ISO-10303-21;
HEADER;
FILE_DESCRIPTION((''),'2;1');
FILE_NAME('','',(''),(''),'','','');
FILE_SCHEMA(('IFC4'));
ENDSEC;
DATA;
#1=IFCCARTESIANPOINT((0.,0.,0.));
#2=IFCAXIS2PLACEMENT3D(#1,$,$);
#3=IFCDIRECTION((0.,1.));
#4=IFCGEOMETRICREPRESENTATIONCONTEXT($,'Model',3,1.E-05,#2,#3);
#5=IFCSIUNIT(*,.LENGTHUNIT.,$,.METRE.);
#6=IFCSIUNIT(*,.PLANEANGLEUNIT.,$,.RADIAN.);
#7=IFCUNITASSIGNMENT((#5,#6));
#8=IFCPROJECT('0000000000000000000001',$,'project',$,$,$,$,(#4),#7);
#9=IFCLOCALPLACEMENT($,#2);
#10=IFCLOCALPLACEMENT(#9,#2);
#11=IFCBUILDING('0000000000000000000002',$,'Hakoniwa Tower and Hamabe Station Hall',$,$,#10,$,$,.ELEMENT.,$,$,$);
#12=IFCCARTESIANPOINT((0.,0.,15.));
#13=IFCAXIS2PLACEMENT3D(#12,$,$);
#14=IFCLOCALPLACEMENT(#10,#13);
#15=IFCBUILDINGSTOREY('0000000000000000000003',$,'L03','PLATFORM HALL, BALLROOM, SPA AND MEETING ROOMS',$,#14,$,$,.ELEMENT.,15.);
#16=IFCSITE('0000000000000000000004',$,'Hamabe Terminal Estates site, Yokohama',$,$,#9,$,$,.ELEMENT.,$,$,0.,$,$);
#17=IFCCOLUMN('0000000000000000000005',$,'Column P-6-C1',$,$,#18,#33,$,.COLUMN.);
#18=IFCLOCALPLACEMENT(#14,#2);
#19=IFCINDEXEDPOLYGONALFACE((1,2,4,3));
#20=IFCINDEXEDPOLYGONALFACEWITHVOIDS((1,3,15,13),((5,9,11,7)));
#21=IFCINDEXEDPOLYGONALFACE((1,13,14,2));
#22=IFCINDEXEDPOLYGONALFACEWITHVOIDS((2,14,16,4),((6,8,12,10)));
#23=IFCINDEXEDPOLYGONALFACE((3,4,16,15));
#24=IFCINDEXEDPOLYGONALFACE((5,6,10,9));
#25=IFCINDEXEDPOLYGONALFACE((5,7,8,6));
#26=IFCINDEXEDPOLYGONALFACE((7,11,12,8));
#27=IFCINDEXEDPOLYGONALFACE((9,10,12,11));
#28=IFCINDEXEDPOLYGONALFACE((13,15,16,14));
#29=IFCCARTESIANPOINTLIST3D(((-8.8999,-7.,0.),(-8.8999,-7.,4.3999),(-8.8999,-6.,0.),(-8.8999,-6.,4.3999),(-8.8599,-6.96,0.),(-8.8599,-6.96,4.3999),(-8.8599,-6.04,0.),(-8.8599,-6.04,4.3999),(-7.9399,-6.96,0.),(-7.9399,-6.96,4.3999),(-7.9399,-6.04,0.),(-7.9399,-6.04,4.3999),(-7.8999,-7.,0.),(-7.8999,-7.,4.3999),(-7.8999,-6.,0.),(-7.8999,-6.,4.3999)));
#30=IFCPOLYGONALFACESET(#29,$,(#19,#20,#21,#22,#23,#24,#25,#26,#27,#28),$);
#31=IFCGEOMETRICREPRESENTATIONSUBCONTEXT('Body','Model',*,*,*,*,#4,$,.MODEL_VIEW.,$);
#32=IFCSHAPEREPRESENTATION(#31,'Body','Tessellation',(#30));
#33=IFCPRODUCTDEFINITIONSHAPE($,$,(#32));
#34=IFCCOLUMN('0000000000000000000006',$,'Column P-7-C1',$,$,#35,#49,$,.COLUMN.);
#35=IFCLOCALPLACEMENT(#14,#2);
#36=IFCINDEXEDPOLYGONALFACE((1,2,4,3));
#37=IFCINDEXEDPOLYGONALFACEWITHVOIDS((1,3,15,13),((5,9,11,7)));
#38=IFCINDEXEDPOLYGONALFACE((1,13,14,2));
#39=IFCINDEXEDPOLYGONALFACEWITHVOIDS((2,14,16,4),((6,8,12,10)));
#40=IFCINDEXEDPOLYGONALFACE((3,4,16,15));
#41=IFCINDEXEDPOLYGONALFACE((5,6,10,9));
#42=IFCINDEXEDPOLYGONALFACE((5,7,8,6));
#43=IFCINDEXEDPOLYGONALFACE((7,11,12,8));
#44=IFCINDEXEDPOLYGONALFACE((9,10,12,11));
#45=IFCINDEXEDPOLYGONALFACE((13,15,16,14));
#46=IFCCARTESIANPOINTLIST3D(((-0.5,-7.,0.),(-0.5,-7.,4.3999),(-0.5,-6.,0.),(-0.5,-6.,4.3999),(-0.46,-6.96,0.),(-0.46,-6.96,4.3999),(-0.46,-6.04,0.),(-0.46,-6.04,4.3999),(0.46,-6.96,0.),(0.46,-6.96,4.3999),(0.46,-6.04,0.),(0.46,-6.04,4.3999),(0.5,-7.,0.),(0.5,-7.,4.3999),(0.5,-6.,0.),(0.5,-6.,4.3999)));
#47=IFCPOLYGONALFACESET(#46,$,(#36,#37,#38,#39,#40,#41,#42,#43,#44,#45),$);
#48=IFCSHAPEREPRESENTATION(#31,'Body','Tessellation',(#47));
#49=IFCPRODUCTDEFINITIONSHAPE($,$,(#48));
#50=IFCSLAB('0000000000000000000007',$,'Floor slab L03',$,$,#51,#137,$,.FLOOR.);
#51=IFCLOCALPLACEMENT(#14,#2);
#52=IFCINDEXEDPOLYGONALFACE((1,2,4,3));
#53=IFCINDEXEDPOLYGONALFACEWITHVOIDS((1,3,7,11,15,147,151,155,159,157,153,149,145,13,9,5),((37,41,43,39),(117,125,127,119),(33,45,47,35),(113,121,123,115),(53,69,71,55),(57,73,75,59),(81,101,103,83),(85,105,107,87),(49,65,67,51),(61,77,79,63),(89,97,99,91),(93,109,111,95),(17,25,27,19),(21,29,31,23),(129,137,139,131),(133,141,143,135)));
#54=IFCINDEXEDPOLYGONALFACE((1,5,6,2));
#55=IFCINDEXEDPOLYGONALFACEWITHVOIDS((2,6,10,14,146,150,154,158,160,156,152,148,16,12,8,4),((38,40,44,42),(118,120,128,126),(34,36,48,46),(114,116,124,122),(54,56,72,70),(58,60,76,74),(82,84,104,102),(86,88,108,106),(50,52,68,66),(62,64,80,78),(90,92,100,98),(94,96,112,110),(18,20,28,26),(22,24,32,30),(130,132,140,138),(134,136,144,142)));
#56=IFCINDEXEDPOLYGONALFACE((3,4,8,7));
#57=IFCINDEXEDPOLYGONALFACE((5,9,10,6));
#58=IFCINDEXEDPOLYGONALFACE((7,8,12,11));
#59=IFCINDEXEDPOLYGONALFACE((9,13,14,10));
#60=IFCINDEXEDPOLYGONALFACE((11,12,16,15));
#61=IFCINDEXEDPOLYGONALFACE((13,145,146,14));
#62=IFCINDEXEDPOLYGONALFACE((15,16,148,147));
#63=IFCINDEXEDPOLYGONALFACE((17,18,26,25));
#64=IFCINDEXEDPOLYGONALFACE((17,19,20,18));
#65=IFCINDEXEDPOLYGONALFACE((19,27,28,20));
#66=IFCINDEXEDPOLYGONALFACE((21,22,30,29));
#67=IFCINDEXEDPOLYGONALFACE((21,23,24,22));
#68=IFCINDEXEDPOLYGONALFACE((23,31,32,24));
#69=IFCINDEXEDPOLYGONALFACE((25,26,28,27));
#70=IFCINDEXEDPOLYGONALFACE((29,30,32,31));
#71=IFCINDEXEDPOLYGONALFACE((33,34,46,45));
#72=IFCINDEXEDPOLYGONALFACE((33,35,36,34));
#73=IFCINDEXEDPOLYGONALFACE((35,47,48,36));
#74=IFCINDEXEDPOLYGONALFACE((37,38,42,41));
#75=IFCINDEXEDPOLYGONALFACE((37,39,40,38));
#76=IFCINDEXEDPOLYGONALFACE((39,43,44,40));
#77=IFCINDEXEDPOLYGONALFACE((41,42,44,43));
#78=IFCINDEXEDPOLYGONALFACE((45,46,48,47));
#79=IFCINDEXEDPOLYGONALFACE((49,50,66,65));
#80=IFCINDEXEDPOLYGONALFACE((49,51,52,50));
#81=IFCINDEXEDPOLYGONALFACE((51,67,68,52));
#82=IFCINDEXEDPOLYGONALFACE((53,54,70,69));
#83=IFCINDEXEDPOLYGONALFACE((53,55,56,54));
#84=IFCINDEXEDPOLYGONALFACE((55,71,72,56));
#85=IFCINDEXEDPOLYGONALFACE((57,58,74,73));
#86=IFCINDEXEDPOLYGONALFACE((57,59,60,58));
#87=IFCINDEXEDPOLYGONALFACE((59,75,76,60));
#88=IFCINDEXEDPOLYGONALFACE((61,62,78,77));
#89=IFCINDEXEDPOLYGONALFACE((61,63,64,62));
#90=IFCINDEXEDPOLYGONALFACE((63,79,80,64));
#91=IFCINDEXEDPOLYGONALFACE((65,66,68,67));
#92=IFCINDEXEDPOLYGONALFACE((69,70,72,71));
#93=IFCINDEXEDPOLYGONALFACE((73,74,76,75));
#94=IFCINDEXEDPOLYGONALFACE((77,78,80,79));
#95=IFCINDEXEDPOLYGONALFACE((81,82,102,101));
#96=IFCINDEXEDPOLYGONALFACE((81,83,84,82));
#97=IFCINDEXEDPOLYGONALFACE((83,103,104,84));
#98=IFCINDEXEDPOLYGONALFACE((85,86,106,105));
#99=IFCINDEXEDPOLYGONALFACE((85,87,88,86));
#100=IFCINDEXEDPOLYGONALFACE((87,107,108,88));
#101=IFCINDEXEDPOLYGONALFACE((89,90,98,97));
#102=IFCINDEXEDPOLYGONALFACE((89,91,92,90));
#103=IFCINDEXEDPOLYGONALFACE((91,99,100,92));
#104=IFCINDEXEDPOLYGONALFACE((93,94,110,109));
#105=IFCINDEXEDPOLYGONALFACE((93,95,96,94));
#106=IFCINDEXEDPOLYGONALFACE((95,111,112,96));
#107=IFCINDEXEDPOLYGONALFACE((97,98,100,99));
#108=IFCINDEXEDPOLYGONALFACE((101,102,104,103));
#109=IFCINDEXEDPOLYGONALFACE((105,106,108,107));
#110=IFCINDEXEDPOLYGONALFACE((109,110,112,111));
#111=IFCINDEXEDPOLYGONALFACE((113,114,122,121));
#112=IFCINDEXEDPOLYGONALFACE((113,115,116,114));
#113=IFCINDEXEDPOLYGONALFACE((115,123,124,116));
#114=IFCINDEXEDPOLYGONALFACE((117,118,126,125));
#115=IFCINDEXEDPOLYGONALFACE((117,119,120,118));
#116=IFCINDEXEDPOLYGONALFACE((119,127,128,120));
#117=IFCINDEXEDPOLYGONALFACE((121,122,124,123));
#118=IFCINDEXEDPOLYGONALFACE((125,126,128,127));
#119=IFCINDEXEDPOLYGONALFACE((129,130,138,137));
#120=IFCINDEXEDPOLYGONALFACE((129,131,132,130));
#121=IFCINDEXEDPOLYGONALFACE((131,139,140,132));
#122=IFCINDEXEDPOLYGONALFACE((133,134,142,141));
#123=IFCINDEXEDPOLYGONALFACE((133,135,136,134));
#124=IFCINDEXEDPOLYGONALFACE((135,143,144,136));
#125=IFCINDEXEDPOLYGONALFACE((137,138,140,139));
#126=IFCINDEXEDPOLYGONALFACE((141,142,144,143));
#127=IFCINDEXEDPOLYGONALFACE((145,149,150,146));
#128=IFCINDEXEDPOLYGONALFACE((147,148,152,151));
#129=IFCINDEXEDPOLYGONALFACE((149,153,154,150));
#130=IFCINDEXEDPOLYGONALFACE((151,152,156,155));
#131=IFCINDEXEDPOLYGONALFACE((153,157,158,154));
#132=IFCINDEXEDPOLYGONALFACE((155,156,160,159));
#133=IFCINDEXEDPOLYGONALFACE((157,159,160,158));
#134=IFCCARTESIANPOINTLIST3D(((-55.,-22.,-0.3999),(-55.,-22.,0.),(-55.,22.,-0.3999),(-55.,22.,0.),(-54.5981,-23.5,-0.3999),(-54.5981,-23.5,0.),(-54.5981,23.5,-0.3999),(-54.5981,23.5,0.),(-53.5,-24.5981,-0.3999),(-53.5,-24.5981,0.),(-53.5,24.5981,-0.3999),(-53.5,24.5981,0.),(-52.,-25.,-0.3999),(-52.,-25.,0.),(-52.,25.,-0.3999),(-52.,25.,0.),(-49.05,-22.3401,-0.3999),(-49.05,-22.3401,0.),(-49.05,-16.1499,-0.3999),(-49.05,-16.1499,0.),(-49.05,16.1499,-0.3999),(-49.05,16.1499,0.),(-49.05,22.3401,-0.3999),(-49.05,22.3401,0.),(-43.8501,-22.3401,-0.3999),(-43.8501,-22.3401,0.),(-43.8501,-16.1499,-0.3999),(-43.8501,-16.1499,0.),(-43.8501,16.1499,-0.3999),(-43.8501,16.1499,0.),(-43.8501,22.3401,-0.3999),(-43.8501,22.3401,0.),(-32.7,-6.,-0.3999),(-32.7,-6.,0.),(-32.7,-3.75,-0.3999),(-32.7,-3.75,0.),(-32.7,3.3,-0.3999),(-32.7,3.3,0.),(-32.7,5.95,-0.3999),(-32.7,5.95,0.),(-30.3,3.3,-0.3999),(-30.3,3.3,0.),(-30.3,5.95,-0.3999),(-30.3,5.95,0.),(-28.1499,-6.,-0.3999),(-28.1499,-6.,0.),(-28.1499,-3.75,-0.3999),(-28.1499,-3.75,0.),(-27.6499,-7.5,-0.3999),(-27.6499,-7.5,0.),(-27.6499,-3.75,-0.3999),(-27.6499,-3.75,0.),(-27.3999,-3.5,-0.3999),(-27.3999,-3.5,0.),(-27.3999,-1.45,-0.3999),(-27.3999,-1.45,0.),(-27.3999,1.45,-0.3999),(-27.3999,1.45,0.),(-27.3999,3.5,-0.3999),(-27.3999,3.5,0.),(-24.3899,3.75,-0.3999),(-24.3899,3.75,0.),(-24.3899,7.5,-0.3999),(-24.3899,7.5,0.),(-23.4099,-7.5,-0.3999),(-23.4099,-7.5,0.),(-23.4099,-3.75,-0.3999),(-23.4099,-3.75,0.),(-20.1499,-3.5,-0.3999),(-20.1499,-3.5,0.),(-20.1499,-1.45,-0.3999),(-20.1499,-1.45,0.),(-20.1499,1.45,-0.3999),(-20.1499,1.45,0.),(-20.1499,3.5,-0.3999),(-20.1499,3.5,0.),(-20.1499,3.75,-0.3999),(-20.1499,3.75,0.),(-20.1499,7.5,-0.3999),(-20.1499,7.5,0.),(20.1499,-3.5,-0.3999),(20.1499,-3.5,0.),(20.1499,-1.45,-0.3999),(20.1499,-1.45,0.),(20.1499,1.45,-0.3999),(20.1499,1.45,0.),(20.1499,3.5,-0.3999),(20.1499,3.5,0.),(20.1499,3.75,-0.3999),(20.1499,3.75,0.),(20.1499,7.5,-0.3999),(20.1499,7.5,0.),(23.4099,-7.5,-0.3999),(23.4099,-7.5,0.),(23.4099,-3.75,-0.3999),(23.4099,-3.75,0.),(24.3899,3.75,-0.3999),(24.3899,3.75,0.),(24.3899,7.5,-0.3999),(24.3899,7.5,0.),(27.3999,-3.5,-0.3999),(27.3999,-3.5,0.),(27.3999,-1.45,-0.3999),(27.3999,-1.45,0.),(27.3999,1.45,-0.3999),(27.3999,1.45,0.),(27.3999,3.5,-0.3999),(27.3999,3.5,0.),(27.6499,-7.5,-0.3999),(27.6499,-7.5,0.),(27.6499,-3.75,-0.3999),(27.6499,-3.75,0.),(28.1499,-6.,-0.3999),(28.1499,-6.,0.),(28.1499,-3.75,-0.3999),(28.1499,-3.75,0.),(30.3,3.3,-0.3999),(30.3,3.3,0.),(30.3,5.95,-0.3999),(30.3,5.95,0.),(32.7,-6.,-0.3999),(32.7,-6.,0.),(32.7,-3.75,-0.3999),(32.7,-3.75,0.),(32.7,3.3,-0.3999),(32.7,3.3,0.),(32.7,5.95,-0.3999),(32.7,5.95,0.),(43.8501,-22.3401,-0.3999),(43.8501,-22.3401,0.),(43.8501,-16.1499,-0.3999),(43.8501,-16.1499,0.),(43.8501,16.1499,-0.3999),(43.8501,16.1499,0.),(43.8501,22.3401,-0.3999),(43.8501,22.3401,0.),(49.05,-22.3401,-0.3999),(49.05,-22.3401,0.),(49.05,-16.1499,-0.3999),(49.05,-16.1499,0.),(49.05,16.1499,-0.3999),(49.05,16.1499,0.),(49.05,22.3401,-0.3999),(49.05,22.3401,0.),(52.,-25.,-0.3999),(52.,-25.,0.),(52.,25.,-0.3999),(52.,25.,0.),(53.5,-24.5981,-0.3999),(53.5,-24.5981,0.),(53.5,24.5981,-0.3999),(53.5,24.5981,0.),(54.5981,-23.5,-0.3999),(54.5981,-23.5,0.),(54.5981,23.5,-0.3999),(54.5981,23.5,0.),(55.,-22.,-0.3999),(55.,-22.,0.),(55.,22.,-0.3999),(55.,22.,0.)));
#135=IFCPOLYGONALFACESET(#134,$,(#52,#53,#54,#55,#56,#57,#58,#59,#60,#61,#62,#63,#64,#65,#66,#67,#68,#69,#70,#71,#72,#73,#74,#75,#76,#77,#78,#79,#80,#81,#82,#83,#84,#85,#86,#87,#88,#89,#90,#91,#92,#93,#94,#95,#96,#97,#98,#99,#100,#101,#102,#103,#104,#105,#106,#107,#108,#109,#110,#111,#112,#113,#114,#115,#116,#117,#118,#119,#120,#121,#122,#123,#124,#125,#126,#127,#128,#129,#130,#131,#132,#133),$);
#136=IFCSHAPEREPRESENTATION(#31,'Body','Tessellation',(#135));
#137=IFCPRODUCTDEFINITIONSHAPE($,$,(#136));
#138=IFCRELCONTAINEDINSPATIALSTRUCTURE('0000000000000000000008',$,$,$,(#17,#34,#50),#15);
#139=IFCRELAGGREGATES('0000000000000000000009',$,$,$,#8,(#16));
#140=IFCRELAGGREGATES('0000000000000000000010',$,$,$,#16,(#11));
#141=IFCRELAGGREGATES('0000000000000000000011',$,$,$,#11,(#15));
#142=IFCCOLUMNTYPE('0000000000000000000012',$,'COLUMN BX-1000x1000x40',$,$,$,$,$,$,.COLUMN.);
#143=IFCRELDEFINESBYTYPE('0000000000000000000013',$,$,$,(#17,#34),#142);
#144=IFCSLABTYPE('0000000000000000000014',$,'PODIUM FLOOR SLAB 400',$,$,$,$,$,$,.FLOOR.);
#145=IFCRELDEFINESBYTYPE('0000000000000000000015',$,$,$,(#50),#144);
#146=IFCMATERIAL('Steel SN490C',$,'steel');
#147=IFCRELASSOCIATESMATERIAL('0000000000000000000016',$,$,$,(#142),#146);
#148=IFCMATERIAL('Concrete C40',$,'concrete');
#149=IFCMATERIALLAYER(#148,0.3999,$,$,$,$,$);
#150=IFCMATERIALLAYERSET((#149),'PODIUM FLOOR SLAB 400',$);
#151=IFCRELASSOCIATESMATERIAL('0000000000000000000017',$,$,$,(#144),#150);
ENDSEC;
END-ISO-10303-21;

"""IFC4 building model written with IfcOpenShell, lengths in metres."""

from ifc_helpers import new_model, si_unit, direction, frame, origin, origin_2d, place, context, subcontext, project, spatial, polyline, hollow_rectangle, outline, extrude, material, layer, layer_set, material_profile, profile_set, type_object, element, save


model = new_model("IFC4")

# Units and contexts
model_context = context("Model", 3, precision=1e-05, world=origin(), true_north=direction((0.0, 1.0)))
body_context = subcontext(model_context, "Body", "Model", "MODEL_VIEW")
ifc_project = project(units=[si_unit("LENGTHUNIT", "METRE"), si_unit("PLANEANGLEUNIT", "RADIAN")], contexts=[model_context])

# Site, building, storey
site_placement = place(None, origin())
site = spatial("IfcSite", under=ifc_project, at=site_placement, Name="Hamabe Terminal Estates site, Yokohama", CompositionType="ELEMENT", RefElevation=0.0)
building_placement = place(site_placement, origin())
building = spatial("IfcBuilding", under=site, at=building_placement, Name="Hakoniwa Tower and Hamabe Station Hall", CompositionType="ELEMENT")
storey_placement = place(building_placement, frame((0.0, 0.0, 15.0)))
storey = spatial("IfcBuildingStorey", under=building, at=storey_placement, Name="L03", Description="PLATFORM HALL, BALLROOM, SPA AND MEETING ROOMS", CompositionType="ELEMENT", Elevation=15.0)

# Columns
ifc_material_1 = material(Name="Steel SN490C", Category="steel")
ifc_material_profile = material_profile(ifc_material_1, hollow_rectangle(XDim=1.0, YDim=1.0, WallThickness=0.04, at=origin_2d()), Name="BX-1000x1000x40")
ifc_profile_set = profile_set([ifc_material_profile], Name="Steel SN490C")
column_type = type_object("IfcColumnType", Name="COLUMN BX-1000x1000x40", PredefinedType="COLUMN", material=ifc_profile_set)
for number, where, z_axis, x_axis, name in (
    (1, (-8.3999, -6.5, 0.0), (0.0, 0.0, 1.0), (1.0, 0.0, 0.0), "Column P-6-C1"),
    (2, (0.0, -6.5, 0.0), (0.0, 0.0, 1.0), (1.0, 0.0, 0.0), "Column P-7-C1"),
):
    element("IfcColumn", number, at=place(storey_placement, frame(where, z_axis=z_axis, x_axis=x_axis)), inside=storey, type_object=column_type, Name=name, PredefinedType="COLUMN", context=body_context, shape_type="SweptSolid", body=[
        extrude(hollow_rectangle(XDim=1.0, YDim=1.0, WallThickness=0.04, at=origin_2d()), origin(), (0.0, 0.0, 1.0), 4.3999),
    ])

# Slab
ifc_material_2 = material(Name="Concrete C40", Category="concrete")
ifc_layer_1 = layer(ifc_material_2, 0.3999)
ifc_layer_set_1 = layer_set([ifc_layer_1], Name="PODIUM FLOOR SLAB 400")
slab_type_1 = type_object("IfcSlabType", Name="PODIUM FLOOR SLAB 400", PredefinedType="FLOOR", material=ifc_layer_set_1)
slab_1_placement = place(storey_placement, frame((0.0, 0.0, -0.3999)))
element("IfcSlab", 3, at=slab_1_placement, inside=storey, type_object=slab_type_1, Name="Floor slab L03", PredefinedType="FLOOR", context=body_context, shape_type="SweptSolid", body=[
    extrude(outline(polyline([(55.0, -22.0), (55.0, 22.0), (54.5981, 23.5), (53.5, 24.5981), (52.0, 25.0), (-52.0, 25.0), (-53.5, 24.5981), (-54.5981, 23.5), (-55.0, 22.0), (-55.0, -22.0), (-54.5981, -23.5), (-53.5, -24.5981), (-52.0, -25.0), (52.0, -25.0), (53.5, -24.5981), (54.5981, -23.5), (55.0, -22.0)]), holes=[polyline([(-27.3999, 1.45), (-27.3999, 3.5), (-20.1499, 3.5), (-20.1499, 1.45), (-27.3999, 1.45)]), polyline([(-27.3999, -3.5), (-27.3999, -1.45), (-20.1499, -1.45), (-20.1499, -3.5), (-27.3999, -3.5)]), polyline([(-32.7, 3.3), (-32.7, 5.95), (-30.3, 5.95), (-30.3, 3.3), (-32.7, 3.3)]), polyline([(-32.7, -6.0), (-32.7, -3.75), (-28.1499, -3.75), (-28.1499, -6.0), (-32.7, -6.0)]), polyline([(-24.3899, 3.75), (-24.3899, 7.5), (-20.1499, 7.5), (-20.1499, 3.75), (-24.3899, 3.75)]), polyline([(-27.6499, -7.5), (-27.6499, -3.75), (-23.4099, -3.75), (-23.4099, -7.5), (-27.6499, -7.5)]), polyline([(20.1499, 1.45), (20.1499, 3.5), (27.3999, 3.5), (27.3999, 1.45), (20.1499, 1.45)]), polyline([(20.1499, -3.5), (20.1499, -1.45), (27.3999, -1.45), (27.3999, -3.5), (20.1499, -3.5)]), polyline([(30.3, 3.3), (30.3, 5.95), (32.7, 5.95), (32.7, 3.3), (30.3, 3.3)]), polyline([(28.1499, -6.0), (28.1499, -3.75), (32.7, -3.75), (32.7, -6.0), (28.1499, -6.0)]), polyline([(20.1499, 3.75), (20.1499, 7.5), (24.3899, 7.5), (24.3899, 3.75), (20.1499, 3.75)]), polyline([(23.4099, -7.5), (23.4099, -3.75), (27.6499, -3.75), (27.6499, -7.5), (23.4099, -7.5)]), polyline([(-49.05, 16.1499), (-49.05, 22.3401), (-43.8501, 22.3401), (-43.8501, 16.1499), (-49.05, 16.1499)]), polyline([(43.8501, 16.1499), (43.8501, 22.3401), (49.05, 22.3401), (49.05, 16.1499), (43.8501, 16.1499)]), polyline([(43.8501, -22.3401), (43.8501, -16.1499), (49.05, -16.1499), (49.05, -22.3401), (43.8501, -22.3401)]), polyline([(-49.05, -22.3401), (-49.05, -16.1499), (-43.8501, -16.1499), (-43.8501, -22.3401), (-49.05, -22.3401)])]), origin(), (0.0, 0.0, 1.0), 0.3999),
])

save(model, "model.ifc")
